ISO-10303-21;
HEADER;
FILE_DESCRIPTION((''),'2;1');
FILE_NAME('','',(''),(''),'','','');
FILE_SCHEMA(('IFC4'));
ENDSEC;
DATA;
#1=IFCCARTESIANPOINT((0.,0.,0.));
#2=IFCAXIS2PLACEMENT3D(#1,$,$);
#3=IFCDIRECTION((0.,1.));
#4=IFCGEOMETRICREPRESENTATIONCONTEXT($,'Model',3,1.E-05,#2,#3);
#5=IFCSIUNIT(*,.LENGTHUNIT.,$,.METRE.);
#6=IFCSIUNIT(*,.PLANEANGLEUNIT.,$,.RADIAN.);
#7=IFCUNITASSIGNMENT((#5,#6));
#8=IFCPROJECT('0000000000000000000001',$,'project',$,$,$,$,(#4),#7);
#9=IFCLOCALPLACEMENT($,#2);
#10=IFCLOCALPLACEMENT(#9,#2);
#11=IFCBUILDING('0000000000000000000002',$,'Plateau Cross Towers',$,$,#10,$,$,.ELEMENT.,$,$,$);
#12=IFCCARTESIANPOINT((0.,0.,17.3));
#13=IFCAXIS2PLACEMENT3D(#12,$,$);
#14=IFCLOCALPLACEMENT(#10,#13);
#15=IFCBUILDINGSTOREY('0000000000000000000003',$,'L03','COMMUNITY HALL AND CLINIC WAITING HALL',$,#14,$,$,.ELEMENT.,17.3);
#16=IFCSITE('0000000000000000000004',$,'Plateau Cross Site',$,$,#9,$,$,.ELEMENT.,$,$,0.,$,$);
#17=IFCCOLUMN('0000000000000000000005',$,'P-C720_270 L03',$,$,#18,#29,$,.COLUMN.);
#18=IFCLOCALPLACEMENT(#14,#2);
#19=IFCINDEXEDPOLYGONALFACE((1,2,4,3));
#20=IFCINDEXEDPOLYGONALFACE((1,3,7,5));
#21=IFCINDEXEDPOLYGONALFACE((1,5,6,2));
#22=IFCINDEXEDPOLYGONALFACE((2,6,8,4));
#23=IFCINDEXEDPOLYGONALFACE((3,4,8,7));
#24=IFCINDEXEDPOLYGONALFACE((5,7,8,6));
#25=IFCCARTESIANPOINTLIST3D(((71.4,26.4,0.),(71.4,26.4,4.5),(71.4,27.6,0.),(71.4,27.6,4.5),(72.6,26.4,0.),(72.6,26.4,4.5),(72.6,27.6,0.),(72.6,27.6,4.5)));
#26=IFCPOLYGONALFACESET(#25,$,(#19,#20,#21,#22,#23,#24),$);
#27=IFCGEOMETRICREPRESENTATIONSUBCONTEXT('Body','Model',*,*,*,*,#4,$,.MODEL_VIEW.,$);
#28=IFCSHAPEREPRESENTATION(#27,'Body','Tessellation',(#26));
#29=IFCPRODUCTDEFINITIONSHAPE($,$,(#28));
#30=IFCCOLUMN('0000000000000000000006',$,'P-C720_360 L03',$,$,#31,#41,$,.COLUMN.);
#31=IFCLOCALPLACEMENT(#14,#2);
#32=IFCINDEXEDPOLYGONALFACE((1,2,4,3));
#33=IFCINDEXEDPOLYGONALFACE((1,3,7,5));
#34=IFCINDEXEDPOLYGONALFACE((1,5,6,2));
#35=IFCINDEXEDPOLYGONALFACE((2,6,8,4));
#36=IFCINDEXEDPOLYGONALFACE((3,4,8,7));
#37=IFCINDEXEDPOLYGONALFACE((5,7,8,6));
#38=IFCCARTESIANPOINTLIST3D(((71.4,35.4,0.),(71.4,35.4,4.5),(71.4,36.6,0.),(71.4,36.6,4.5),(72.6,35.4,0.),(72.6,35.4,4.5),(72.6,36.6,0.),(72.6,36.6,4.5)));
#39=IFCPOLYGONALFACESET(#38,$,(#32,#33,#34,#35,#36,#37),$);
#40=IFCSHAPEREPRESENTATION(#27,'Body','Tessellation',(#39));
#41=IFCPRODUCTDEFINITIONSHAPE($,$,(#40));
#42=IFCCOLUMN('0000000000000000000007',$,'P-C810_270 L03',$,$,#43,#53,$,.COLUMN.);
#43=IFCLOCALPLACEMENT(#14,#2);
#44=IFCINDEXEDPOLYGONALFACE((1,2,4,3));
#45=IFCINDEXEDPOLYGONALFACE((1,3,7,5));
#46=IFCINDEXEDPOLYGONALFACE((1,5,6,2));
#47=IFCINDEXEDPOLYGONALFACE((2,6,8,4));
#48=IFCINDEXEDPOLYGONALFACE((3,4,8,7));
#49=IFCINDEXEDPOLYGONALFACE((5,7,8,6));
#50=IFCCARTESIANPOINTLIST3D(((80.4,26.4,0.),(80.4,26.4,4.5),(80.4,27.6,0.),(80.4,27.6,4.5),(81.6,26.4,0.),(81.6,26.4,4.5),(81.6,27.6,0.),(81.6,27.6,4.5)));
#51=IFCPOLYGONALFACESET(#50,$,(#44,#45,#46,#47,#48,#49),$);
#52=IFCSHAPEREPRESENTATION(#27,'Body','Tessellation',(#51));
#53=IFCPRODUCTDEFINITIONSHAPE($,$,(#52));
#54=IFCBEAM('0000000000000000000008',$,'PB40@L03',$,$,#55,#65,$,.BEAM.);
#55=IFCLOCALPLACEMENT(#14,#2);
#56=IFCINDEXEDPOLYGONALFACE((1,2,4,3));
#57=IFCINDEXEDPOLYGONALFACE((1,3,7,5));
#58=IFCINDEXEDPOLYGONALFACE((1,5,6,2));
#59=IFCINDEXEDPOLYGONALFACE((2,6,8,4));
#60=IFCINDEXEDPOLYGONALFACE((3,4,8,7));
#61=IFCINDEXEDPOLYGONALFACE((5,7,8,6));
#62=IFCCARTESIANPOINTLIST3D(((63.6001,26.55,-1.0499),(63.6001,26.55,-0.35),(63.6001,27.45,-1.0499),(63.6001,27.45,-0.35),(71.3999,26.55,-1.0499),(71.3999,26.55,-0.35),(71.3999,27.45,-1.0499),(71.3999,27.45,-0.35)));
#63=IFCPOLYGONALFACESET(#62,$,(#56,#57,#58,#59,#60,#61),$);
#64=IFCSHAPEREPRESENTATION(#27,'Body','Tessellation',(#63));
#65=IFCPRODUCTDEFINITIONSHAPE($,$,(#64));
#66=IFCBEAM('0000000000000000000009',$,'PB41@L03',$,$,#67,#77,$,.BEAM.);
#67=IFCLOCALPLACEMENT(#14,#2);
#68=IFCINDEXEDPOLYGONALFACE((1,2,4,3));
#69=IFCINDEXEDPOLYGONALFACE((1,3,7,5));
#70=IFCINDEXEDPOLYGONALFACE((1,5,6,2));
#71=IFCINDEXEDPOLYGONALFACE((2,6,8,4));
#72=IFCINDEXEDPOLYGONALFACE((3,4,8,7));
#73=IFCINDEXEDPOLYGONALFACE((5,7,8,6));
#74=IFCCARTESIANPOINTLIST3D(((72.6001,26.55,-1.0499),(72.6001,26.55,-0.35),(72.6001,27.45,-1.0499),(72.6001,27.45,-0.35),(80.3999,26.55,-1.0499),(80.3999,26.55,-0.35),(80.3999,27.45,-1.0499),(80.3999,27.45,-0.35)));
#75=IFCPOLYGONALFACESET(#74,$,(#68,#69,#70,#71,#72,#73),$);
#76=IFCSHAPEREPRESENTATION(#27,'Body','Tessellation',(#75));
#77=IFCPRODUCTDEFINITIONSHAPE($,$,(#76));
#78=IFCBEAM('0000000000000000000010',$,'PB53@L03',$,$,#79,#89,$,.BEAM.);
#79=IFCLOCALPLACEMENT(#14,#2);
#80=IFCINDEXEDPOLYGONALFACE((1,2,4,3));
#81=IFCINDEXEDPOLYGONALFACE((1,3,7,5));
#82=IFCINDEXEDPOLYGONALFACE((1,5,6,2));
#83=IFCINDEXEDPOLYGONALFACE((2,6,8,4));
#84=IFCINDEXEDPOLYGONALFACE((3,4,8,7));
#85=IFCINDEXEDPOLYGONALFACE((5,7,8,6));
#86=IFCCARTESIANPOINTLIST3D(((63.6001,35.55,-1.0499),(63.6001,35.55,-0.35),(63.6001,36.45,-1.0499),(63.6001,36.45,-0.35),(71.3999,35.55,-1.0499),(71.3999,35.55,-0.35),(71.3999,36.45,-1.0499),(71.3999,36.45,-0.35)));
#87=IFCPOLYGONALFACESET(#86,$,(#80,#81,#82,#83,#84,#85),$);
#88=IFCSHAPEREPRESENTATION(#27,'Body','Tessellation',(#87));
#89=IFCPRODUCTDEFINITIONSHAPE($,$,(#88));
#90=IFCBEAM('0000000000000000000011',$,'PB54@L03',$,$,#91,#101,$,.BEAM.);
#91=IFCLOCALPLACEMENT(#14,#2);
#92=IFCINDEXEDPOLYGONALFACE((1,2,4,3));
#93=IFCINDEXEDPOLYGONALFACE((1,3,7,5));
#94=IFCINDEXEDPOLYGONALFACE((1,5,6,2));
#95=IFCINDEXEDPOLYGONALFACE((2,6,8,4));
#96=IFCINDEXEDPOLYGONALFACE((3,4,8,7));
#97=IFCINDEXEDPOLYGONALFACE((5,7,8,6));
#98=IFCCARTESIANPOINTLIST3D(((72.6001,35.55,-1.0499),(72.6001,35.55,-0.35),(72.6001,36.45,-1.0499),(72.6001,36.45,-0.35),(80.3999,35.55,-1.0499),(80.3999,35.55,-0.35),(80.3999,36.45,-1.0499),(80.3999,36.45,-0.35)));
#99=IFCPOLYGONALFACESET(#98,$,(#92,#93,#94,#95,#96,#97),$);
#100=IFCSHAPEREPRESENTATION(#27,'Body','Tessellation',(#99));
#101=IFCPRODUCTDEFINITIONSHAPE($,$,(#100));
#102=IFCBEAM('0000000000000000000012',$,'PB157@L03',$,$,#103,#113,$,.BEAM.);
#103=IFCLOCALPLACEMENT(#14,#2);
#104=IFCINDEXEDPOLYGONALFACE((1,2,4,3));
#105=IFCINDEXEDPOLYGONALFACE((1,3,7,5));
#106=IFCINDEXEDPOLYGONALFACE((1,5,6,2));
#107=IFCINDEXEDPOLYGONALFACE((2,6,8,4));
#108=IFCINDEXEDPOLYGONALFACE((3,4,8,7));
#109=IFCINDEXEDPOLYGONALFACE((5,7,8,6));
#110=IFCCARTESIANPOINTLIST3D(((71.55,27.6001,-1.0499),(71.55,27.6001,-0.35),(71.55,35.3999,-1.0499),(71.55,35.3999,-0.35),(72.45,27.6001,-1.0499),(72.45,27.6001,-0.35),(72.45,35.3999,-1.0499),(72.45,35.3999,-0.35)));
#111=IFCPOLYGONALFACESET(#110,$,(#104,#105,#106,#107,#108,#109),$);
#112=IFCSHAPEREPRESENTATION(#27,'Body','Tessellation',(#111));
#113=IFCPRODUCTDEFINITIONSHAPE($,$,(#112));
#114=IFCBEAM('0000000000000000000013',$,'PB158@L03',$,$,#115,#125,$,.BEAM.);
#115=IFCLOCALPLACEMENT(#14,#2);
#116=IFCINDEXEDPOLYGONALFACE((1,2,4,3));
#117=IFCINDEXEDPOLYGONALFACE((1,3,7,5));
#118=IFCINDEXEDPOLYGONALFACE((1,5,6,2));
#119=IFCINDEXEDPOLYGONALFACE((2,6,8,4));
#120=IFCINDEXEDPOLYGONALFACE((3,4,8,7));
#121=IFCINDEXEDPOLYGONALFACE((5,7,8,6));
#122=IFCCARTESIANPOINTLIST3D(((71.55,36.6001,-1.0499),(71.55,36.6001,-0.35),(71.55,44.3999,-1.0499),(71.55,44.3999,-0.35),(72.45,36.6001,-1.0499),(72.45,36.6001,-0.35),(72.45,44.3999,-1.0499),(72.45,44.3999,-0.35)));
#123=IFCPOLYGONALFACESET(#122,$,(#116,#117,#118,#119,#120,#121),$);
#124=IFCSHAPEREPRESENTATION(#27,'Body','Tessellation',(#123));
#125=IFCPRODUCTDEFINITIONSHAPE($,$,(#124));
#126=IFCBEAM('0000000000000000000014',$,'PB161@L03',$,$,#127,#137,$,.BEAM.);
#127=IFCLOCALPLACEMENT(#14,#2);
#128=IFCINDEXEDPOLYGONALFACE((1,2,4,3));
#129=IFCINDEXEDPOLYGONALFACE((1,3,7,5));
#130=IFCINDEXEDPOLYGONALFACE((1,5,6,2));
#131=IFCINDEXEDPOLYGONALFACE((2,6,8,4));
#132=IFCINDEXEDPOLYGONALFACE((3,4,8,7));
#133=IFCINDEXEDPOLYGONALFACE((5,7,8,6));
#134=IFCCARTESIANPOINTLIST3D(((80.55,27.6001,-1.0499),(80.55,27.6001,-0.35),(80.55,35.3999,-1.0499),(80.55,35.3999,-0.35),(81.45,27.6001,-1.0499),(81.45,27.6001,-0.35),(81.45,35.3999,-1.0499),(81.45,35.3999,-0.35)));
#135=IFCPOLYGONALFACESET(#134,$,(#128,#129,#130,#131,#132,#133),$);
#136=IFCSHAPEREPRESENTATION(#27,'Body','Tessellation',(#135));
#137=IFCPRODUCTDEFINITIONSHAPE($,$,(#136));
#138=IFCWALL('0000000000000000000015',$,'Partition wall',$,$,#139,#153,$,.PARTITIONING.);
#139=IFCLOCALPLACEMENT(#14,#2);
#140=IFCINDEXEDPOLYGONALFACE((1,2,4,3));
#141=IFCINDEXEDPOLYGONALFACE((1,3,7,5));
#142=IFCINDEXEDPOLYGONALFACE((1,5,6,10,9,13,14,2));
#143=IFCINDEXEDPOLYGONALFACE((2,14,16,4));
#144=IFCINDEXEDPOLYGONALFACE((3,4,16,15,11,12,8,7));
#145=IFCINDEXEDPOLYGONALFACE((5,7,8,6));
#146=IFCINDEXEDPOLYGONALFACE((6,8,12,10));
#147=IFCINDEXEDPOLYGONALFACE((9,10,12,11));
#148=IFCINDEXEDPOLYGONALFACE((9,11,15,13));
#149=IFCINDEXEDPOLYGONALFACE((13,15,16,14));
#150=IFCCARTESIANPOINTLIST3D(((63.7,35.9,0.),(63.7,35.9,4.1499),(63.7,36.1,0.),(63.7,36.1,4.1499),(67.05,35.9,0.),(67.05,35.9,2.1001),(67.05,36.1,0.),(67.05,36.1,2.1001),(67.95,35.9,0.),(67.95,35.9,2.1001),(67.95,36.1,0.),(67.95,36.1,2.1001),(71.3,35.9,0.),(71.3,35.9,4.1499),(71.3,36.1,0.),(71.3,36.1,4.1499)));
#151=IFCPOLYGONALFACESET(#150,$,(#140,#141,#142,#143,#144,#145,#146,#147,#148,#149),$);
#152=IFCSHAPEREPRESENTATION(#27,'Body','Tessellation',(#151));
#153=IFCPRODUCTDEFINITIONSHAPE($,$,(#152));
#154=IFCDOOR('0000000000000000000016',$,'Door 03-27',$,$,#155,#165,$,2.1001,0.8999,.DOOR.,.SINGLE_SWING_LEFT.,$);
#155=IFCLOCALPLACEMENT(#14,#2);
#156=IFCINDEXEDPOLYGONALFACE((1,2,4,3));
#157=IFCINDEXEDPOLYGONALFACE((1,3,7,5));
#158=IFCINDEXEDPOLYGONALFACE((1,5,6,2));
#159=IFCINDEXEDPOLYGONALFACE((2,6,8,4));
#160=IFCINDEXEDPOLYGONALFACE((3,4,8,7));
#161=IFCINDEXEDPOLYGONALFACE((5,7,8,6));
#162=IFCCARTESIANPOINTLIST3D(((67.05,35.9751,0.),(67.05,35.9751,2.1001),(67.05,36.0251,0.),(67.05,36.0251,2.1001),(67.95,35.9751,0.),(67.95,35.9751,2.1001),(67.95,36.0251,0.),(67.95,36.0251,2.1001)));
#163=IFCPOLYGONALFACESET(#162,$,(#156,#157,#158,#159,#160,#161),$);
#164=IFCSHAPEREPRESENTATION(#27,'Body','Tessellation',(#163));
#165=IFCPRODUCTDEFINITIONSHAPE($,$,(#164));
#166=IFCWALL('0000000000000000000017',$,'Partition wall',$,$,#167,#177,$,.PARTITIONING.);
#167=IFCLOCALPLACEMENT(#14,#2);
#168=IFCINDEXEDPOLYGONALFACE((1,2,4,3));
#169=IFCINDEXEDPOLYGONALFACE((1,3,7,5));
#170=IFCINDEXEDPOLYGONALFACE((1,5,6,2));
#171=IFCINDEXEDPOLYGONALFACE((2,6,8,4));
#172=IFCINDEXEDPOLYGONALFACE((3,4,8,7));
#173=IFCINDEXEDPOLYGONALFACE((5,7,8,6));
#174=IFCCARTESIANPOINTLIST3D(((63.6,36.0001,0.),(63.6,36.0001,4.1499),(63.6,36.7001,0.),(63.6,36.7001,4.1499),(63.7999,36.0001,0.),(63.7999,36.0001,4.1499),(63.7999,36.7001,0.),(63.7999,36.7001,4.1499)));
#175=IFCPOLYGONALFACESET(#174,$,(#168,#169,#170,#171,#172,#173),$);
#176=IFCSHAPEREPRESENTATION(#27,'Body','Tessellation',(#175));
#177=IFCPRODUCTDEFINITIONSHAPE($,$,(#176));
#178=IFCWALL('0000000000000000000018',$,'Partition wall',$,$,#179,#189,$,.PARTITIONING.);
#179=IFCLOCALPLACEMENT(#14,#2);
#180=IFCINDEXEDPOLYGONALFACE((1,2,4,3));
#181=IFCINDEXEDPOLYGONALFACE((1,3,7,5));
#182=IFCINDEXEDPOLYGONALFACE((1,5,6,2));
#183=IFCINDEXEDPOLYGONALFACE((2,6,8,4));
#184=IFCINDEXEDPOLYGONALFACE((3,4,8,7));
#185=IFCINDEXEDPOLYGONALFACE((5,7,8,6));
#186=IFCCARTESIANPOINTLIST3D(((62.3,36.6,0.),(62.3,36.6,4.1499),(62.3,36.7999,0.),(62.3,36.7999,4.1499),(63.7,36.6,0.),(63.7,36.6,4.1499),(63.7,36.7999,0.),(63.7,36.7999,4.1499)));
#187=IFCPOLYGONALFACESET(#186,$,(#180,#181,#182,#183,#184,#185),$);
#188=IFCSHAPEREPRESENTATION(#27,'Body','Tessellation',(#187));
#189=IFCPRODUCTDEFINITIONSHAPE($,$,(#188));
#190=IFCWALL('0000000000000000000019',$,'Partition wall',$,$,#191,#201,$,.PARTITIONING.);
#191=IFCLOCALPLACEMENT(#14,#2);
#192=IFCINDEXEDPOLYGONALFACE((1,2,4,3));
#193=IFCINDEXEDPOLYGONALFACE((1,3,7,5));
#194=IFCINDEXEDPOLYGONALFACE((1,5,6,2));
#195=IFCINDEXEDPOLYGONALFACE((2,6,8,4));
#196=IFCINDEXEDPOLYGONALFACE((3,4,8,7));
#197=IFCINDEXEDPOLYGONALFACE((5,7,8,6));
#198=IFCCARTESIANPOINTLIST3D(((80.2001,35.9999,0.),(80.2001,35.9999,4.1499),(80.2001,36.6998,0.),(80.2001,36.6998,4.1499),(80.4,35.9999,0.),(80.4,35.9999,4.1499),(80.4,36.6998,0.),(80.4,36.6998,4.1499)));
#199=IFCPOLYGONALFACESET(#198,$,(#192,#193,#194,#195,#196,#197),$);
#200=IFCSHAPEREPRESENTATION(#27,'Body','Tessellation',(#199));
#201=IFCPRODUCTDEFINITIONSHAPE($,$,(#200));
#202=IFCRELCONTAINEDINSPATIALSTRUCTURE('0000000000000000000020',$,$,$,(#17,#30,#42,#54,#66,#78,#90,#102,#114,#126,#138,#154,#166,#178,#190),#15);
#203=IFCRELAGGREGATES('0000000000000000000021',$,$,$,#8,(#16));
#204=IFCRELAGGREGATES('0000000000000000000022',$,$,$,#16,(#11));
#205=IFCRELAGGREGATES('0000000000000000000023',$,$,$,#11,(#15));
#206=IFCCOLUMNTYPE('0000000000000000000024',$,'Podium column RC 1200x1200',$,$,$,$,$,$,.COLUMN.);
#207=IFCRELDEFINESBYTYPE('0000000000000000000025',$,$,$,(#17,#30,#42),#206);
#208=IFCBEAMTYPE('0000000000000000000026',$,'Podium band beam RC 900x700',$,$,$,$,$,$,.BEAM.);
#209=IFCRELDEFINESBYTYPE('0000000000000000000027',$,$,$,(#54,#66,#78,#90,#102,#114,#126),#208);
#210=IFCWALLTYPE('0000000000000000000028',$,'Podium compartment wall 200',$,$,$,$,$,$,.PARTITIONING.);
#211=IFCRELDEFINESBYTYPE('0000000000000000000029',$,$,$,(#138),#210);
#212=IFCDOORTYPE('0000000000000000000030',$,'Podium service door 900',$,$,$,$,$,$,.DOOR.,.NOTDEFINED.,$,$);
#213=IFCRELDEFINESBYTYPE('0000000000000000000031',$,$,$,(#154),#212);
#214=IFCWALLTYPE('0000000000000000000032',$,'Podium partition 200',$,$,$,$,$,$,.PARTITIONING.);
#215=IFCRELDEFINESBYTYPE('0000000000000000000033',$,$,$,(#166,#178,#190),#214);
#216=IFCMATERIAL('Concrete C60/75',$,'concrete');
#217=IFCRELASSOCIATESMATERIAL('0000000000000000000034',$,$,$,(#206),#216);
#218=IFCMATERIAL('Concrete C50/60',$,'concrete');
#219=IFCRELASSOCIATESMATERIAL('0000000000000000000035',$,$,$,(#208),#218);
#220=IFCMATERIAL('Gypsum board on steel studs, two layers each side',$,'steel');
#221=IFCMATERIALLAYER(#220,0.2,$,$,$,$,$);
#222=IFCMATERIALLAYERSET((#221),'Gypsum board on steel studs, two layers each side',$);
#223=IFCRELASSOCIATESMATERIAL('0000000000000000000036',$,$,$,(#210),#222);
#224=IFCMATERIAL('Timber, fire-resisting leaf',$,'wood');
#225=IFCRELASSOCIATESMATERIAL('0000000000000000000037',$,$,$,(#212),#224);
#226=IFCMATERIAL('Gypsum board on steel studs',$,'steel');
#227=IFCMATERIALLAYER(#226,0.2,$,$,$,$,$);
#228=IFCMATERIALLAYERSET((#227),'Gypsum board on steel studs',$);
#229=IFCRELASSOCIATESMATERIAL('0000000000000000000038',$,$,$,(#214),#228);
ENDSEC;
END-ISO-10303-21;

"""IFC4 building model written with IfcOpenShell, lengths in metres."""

from ifc_helpers import new_model, si_unit, direction, frame, frame_2d, origin, origin_2d, place, context, subcontext, project, spatial, rectangle, extrude, material, layer, layer_set, material_profile, profile_set, type_object, element, fill, save


model = new_model("IFC4")

# Units and contexts
model_context = context("Model", 3, precision=1e-05, world=origin(), true_north=direction((0.0, 1.0)))
body_context = subcontext(model_context, "Body", "Model", "MODEL_VIEW")
ifc_project = project(units=[si_unit("LENGTHUNIT", "METRE"), si_unit("PLANEANGLEUNIT", "RADIAN")], contexts=[model_context])

# Site, building, storey
site_placement = place(None, origin())
site = spatial("IfcSite", under=ifc_project, at=site_placement, Name="Plateau Cross Site", CompositionType="ELEMENT", RefElevation=0.0)
building_placement = place(site_placement, origin())
building = spatial("IfcBuilding", under=site, at=building_placement, Name="Plateau Cross Towers", CompositionType="ELEMENT")
storey_placement = place(building_placement, frame((0.0, 0.0, 17.3)))
storey = spatial("IfcBuildingStorey", under=building, at=storey_placement, Name="L03", Description="COMMUNITY HALL AND CLINIC WAITING HALL", CompositionType="ELEMENT", Elevation=17.3)

# Columns
ifc_material_1 = material(Name="Concrete C60/75", Category="concrete")
ifc_material_profile_1 = material_profile(ifc_material_1, rectangle(XDim=1.2, YDim=1.2, at=origin_2d()), Name="RC 1200x1200")
ifc_profile_set_1 = profile_set([ifc_material_profile_1], Name="Concrete C60/75")
column_type = type_object("IfcColumnType", Name="Podium column RC 1200x1200", PredefinedType="COLUMN", material=ifc_profile_set_1)
for number, where, z_axis, x_axis, name in (
    (1, (72.0, 27.0, 0.0), (0.0, 0.0, 1.0), (1.0, 0.0, 0.0), "P-C720_270 L03"),
    (2, (72.0, 36.0, 0.0), (0.0, 0.0, 1.0), (1.0, 0.0, 0.0), "P-C720_360 L03"),
    (3, (81.0, 27.0, 0.0), (0.0, 0.0, 1.0), (1.0, 0.0, 0.0), "P-C810_270 L03"),
):
    element("IfcColumn", number, at=place(storey_placement, frame(where, z_axis=z_axis, x_axis=x_axis)), inside=storey, type_object=column_type, Name=name, PredefinedType="COLUMN", context=body_context, shape_type="SweptSolid", body=[
        extrude(rectangle(XDim=1.2, YDim=1.2, at=origin_2d()), origin(), (0.0, 0.0, 1.0), 4.5),
    ])

# Beams
ifc_material_2 = material(Name="Concrete C50/60", Category="concrete")
ifc_material_profile_2 = material_profile(ifc_material_2, rectangle(XDim=0.8999, YDim=0.7, at=origin_2d()), Name="RC 900x700")
ifc_profile_set_2 = profile_set([ifc_material_profile_2], Name="Concrete C50/60")
beam_type = type_object("IfcBeamType", Name="Podium band beam RC 900x700", PredefinedType="BEAM", material=ifc_profile_set_2)
for number, where, z_axis, x_axis, name in (
    (4, (63.6001, 27.0, -0.7), (1.0, 0.0, 0.0), (0.0, 1.0, 0.0), "PB40@L03"),
    (5, (72.6001, 27.0, -0.7), (1.0, 0.0, 0.0), (0.0, 1.0, 0.0), "PB41@L03"),
    (6, (63.6001, 36.0, -0.7), (1.0, 0.0, 0.0), (0.0, 1.0, 0.0), "PB53@L03"),
    (7, (72.6001, 36.0, -0.7), (1.0, 0.0, 0.0), (0.0, 1.0, 0.0), "PB54@L03"),
    (8, (72.0, 27.6001, -0.7), (0.0, 1.0, 0.0), (-1.0, 0.0, 0.0), "PB157@L03"),
    (9, (72.0, 36.6001, -0.7), (0.0, 1.0, 0.0), (-1.0, 0.0, 0.0), "PB158@L03"),
    (10, (81.0, 27.6001, -0.7), (0.0, 1.0, 0.0), (-1.0, 0.0, 0.0), "PB161@L03"),
):
    element("IfcBeam", number, at=place(storey_placement, frame(where, z_axis=z_axis, x_axis=x_axis)), inside=storey, type_object=beam_type, Name=name, PredefinedType="BEAM", context=body_context, shape_type="SweptSolid", body=[
        extrude(rectangle(XDim=0.8999, YDim=0.7, at=origin_2d()), origin(), (0.0, 0.0, 1.0), 7.7998),
    ])

# Wall, opening, door
ifc_material_3 = material(Name="Gypsum board on steel studs, two layers each side", Category="steel")
ifc_layer_1 = layer(ifc_material_3, 0.2)
ifc_layer_set_1 = layer_set([ifc_layer_1], Name="Gypsum board on steel studs, two layers each side")
wall_type_1 = type_object("IfcWallType", Name="Podium compartment wall 200", PredefinedType="PARTITIONING", material=ifc_layer_set_1)
wall_1_placement = place(storey_placement, frame((71.3, 36.0, 0.0), z_axis=(0.0, 0.0, 1.0), x_axis=(-1.0, 0.0, 0.0)))
wall_1 = element("IfcWall", 11, at=wall_1_placement, inside=storey, type_object=wall_type_1, Name="Partition wall", PredefinedType="PARTITIONING", context=body_context, shape_type="SweptSolid", body=[
    extrude(rectangle(XDim=7.6001, YDim=0.2, at=frame_2d((3.8, 0.0))), origin(), (0.0, 0.0, 1.0), 4.1499),
])
opening_1_placement = place(wall_1_placement, frame((3.3501, 0.0, 0.0)))
opening_1 = element("IfcOpeningElement", 12, at=opening_1_placement, cuts=wall_1, PredefinedType="OPENING", context=body_context, shape_type="SweptSolid", body=[
    extrude(rectangle(XDim=0.8999, YDim=2.1001, at=frame_2d((0.45, 1.05))), frame((0.0, 0.1099, 0.0), z_axis=(0.0, -1.0, 0.0), x_axis=(1.0, 0.0, 0.0)), (0.0, 0.0, 1.0), 0.22),
])
ifc_material_4 = material(Name="Timber, fire-resisting leaf", Category="wood")
door_type_1 = type_object("IfcDoorType", Name="Podium service door 900", OperationType="NOTDEFINED", PredefinedType="DOOR", material=ifc_material_4)
door_1_placement = place(opening_1_placement, origin())
door_1 = element("IfcDoor", 13, at=door_1_placement, inside=storey, type_object=door_type_1, Name="Door 03-27", OperationType="SINGLE_SWING_LEFT", OverallHeight=2.1001, OverallWidth=0.8999, PredefinedType="DOOR", context=body_context, shape_type="SweptSolid", body=[
    extrude(rectangle(XDim=0.8999, YDim=2.1001, at=frame_2d((0.45, 1.05))), frame((0.0, 0.0249, 0.0), z_axis=(0.0, -1.0, 0.0), x_axis=(1.0, 0.0, 0.0)), (0.0, 0.0, 1.0), 0.05),
])
fill(opening_1, door_1)

# Walls
ifc_material_5 = material(Name="Gypsum board on steel studs", Category="steel")
ifc_layer_2 = layer(ifc_material_5, 0.2)
ifc_layer_set_2 = layer_set([ifc_layer_2], Name="Gypsum board on steel studs")
wall_type_2 = type_object("IfcWallType", Name="Podium partition 200", PredefinedType="PARTITIONING", material=ifc_layer_set_2)
wall_2_placement = place(storey_placement, frame((63.7, 36.0, 0.0), z_axis=(0.0, 0.0, 1.0), x_axis=(0.0, 1.0, 0.0)))
element("IfcWall", 14, at=wall_2_placement, inside=storey, type_object=wall_type_2, Name="Partition wall", PredefinedType="PARTITIONING", context=body_context, shape_type="SweptSolid", body=[
    extrude(rectangle(XDim=0.7, YDim=0.2, at=frame_2d((0.3501, 0.0))), origin(), (0.0, 0.0, 1.0), 4.1499),
])
wall_3_placement = place(storey_placement, frame((63.7, 36.7, 0.0), z_axis=(0.0, 0.0, 1.0), x_axis=(-1.0, 0.0, 0.0)))
element("IfcWall", 15, at=wall_3_placement, inside=storey, type_object=wall_type_2, Name="Partition wall", PredefinedType="PARTITIONING", context=body_context, shape_type="SweptSolid", body=[
    extrude(rectangle(XDim=1.3999, YDim=0.2, at=frame_2d((0.7, 0.0))), origin(), (0.0, 0.0, 1.0), 4.1499),
])
wall_4_placement = place(storey_placement, frame((80.3, 36.7, 0.0), z_axis=(0.0, 0.0, 1.0), x_axis=(0.0, -1.0, 0.0)))
element("IfcWall", 16, at=wall_4_placement, inside=storey, type_object=wall_type_2, Name="Partition wall", PredefinedType="PARTITIONING", context=body_context, shape_type="SweptSolid", body=[
    extrude(rectangle(XDim=0.7, YDim=0.2, at=frame_2d((0.3501, 0.0))), origin(), (0.0, 0.0, 1.0), 4.1499),
])

save(model, "model.ifc")
